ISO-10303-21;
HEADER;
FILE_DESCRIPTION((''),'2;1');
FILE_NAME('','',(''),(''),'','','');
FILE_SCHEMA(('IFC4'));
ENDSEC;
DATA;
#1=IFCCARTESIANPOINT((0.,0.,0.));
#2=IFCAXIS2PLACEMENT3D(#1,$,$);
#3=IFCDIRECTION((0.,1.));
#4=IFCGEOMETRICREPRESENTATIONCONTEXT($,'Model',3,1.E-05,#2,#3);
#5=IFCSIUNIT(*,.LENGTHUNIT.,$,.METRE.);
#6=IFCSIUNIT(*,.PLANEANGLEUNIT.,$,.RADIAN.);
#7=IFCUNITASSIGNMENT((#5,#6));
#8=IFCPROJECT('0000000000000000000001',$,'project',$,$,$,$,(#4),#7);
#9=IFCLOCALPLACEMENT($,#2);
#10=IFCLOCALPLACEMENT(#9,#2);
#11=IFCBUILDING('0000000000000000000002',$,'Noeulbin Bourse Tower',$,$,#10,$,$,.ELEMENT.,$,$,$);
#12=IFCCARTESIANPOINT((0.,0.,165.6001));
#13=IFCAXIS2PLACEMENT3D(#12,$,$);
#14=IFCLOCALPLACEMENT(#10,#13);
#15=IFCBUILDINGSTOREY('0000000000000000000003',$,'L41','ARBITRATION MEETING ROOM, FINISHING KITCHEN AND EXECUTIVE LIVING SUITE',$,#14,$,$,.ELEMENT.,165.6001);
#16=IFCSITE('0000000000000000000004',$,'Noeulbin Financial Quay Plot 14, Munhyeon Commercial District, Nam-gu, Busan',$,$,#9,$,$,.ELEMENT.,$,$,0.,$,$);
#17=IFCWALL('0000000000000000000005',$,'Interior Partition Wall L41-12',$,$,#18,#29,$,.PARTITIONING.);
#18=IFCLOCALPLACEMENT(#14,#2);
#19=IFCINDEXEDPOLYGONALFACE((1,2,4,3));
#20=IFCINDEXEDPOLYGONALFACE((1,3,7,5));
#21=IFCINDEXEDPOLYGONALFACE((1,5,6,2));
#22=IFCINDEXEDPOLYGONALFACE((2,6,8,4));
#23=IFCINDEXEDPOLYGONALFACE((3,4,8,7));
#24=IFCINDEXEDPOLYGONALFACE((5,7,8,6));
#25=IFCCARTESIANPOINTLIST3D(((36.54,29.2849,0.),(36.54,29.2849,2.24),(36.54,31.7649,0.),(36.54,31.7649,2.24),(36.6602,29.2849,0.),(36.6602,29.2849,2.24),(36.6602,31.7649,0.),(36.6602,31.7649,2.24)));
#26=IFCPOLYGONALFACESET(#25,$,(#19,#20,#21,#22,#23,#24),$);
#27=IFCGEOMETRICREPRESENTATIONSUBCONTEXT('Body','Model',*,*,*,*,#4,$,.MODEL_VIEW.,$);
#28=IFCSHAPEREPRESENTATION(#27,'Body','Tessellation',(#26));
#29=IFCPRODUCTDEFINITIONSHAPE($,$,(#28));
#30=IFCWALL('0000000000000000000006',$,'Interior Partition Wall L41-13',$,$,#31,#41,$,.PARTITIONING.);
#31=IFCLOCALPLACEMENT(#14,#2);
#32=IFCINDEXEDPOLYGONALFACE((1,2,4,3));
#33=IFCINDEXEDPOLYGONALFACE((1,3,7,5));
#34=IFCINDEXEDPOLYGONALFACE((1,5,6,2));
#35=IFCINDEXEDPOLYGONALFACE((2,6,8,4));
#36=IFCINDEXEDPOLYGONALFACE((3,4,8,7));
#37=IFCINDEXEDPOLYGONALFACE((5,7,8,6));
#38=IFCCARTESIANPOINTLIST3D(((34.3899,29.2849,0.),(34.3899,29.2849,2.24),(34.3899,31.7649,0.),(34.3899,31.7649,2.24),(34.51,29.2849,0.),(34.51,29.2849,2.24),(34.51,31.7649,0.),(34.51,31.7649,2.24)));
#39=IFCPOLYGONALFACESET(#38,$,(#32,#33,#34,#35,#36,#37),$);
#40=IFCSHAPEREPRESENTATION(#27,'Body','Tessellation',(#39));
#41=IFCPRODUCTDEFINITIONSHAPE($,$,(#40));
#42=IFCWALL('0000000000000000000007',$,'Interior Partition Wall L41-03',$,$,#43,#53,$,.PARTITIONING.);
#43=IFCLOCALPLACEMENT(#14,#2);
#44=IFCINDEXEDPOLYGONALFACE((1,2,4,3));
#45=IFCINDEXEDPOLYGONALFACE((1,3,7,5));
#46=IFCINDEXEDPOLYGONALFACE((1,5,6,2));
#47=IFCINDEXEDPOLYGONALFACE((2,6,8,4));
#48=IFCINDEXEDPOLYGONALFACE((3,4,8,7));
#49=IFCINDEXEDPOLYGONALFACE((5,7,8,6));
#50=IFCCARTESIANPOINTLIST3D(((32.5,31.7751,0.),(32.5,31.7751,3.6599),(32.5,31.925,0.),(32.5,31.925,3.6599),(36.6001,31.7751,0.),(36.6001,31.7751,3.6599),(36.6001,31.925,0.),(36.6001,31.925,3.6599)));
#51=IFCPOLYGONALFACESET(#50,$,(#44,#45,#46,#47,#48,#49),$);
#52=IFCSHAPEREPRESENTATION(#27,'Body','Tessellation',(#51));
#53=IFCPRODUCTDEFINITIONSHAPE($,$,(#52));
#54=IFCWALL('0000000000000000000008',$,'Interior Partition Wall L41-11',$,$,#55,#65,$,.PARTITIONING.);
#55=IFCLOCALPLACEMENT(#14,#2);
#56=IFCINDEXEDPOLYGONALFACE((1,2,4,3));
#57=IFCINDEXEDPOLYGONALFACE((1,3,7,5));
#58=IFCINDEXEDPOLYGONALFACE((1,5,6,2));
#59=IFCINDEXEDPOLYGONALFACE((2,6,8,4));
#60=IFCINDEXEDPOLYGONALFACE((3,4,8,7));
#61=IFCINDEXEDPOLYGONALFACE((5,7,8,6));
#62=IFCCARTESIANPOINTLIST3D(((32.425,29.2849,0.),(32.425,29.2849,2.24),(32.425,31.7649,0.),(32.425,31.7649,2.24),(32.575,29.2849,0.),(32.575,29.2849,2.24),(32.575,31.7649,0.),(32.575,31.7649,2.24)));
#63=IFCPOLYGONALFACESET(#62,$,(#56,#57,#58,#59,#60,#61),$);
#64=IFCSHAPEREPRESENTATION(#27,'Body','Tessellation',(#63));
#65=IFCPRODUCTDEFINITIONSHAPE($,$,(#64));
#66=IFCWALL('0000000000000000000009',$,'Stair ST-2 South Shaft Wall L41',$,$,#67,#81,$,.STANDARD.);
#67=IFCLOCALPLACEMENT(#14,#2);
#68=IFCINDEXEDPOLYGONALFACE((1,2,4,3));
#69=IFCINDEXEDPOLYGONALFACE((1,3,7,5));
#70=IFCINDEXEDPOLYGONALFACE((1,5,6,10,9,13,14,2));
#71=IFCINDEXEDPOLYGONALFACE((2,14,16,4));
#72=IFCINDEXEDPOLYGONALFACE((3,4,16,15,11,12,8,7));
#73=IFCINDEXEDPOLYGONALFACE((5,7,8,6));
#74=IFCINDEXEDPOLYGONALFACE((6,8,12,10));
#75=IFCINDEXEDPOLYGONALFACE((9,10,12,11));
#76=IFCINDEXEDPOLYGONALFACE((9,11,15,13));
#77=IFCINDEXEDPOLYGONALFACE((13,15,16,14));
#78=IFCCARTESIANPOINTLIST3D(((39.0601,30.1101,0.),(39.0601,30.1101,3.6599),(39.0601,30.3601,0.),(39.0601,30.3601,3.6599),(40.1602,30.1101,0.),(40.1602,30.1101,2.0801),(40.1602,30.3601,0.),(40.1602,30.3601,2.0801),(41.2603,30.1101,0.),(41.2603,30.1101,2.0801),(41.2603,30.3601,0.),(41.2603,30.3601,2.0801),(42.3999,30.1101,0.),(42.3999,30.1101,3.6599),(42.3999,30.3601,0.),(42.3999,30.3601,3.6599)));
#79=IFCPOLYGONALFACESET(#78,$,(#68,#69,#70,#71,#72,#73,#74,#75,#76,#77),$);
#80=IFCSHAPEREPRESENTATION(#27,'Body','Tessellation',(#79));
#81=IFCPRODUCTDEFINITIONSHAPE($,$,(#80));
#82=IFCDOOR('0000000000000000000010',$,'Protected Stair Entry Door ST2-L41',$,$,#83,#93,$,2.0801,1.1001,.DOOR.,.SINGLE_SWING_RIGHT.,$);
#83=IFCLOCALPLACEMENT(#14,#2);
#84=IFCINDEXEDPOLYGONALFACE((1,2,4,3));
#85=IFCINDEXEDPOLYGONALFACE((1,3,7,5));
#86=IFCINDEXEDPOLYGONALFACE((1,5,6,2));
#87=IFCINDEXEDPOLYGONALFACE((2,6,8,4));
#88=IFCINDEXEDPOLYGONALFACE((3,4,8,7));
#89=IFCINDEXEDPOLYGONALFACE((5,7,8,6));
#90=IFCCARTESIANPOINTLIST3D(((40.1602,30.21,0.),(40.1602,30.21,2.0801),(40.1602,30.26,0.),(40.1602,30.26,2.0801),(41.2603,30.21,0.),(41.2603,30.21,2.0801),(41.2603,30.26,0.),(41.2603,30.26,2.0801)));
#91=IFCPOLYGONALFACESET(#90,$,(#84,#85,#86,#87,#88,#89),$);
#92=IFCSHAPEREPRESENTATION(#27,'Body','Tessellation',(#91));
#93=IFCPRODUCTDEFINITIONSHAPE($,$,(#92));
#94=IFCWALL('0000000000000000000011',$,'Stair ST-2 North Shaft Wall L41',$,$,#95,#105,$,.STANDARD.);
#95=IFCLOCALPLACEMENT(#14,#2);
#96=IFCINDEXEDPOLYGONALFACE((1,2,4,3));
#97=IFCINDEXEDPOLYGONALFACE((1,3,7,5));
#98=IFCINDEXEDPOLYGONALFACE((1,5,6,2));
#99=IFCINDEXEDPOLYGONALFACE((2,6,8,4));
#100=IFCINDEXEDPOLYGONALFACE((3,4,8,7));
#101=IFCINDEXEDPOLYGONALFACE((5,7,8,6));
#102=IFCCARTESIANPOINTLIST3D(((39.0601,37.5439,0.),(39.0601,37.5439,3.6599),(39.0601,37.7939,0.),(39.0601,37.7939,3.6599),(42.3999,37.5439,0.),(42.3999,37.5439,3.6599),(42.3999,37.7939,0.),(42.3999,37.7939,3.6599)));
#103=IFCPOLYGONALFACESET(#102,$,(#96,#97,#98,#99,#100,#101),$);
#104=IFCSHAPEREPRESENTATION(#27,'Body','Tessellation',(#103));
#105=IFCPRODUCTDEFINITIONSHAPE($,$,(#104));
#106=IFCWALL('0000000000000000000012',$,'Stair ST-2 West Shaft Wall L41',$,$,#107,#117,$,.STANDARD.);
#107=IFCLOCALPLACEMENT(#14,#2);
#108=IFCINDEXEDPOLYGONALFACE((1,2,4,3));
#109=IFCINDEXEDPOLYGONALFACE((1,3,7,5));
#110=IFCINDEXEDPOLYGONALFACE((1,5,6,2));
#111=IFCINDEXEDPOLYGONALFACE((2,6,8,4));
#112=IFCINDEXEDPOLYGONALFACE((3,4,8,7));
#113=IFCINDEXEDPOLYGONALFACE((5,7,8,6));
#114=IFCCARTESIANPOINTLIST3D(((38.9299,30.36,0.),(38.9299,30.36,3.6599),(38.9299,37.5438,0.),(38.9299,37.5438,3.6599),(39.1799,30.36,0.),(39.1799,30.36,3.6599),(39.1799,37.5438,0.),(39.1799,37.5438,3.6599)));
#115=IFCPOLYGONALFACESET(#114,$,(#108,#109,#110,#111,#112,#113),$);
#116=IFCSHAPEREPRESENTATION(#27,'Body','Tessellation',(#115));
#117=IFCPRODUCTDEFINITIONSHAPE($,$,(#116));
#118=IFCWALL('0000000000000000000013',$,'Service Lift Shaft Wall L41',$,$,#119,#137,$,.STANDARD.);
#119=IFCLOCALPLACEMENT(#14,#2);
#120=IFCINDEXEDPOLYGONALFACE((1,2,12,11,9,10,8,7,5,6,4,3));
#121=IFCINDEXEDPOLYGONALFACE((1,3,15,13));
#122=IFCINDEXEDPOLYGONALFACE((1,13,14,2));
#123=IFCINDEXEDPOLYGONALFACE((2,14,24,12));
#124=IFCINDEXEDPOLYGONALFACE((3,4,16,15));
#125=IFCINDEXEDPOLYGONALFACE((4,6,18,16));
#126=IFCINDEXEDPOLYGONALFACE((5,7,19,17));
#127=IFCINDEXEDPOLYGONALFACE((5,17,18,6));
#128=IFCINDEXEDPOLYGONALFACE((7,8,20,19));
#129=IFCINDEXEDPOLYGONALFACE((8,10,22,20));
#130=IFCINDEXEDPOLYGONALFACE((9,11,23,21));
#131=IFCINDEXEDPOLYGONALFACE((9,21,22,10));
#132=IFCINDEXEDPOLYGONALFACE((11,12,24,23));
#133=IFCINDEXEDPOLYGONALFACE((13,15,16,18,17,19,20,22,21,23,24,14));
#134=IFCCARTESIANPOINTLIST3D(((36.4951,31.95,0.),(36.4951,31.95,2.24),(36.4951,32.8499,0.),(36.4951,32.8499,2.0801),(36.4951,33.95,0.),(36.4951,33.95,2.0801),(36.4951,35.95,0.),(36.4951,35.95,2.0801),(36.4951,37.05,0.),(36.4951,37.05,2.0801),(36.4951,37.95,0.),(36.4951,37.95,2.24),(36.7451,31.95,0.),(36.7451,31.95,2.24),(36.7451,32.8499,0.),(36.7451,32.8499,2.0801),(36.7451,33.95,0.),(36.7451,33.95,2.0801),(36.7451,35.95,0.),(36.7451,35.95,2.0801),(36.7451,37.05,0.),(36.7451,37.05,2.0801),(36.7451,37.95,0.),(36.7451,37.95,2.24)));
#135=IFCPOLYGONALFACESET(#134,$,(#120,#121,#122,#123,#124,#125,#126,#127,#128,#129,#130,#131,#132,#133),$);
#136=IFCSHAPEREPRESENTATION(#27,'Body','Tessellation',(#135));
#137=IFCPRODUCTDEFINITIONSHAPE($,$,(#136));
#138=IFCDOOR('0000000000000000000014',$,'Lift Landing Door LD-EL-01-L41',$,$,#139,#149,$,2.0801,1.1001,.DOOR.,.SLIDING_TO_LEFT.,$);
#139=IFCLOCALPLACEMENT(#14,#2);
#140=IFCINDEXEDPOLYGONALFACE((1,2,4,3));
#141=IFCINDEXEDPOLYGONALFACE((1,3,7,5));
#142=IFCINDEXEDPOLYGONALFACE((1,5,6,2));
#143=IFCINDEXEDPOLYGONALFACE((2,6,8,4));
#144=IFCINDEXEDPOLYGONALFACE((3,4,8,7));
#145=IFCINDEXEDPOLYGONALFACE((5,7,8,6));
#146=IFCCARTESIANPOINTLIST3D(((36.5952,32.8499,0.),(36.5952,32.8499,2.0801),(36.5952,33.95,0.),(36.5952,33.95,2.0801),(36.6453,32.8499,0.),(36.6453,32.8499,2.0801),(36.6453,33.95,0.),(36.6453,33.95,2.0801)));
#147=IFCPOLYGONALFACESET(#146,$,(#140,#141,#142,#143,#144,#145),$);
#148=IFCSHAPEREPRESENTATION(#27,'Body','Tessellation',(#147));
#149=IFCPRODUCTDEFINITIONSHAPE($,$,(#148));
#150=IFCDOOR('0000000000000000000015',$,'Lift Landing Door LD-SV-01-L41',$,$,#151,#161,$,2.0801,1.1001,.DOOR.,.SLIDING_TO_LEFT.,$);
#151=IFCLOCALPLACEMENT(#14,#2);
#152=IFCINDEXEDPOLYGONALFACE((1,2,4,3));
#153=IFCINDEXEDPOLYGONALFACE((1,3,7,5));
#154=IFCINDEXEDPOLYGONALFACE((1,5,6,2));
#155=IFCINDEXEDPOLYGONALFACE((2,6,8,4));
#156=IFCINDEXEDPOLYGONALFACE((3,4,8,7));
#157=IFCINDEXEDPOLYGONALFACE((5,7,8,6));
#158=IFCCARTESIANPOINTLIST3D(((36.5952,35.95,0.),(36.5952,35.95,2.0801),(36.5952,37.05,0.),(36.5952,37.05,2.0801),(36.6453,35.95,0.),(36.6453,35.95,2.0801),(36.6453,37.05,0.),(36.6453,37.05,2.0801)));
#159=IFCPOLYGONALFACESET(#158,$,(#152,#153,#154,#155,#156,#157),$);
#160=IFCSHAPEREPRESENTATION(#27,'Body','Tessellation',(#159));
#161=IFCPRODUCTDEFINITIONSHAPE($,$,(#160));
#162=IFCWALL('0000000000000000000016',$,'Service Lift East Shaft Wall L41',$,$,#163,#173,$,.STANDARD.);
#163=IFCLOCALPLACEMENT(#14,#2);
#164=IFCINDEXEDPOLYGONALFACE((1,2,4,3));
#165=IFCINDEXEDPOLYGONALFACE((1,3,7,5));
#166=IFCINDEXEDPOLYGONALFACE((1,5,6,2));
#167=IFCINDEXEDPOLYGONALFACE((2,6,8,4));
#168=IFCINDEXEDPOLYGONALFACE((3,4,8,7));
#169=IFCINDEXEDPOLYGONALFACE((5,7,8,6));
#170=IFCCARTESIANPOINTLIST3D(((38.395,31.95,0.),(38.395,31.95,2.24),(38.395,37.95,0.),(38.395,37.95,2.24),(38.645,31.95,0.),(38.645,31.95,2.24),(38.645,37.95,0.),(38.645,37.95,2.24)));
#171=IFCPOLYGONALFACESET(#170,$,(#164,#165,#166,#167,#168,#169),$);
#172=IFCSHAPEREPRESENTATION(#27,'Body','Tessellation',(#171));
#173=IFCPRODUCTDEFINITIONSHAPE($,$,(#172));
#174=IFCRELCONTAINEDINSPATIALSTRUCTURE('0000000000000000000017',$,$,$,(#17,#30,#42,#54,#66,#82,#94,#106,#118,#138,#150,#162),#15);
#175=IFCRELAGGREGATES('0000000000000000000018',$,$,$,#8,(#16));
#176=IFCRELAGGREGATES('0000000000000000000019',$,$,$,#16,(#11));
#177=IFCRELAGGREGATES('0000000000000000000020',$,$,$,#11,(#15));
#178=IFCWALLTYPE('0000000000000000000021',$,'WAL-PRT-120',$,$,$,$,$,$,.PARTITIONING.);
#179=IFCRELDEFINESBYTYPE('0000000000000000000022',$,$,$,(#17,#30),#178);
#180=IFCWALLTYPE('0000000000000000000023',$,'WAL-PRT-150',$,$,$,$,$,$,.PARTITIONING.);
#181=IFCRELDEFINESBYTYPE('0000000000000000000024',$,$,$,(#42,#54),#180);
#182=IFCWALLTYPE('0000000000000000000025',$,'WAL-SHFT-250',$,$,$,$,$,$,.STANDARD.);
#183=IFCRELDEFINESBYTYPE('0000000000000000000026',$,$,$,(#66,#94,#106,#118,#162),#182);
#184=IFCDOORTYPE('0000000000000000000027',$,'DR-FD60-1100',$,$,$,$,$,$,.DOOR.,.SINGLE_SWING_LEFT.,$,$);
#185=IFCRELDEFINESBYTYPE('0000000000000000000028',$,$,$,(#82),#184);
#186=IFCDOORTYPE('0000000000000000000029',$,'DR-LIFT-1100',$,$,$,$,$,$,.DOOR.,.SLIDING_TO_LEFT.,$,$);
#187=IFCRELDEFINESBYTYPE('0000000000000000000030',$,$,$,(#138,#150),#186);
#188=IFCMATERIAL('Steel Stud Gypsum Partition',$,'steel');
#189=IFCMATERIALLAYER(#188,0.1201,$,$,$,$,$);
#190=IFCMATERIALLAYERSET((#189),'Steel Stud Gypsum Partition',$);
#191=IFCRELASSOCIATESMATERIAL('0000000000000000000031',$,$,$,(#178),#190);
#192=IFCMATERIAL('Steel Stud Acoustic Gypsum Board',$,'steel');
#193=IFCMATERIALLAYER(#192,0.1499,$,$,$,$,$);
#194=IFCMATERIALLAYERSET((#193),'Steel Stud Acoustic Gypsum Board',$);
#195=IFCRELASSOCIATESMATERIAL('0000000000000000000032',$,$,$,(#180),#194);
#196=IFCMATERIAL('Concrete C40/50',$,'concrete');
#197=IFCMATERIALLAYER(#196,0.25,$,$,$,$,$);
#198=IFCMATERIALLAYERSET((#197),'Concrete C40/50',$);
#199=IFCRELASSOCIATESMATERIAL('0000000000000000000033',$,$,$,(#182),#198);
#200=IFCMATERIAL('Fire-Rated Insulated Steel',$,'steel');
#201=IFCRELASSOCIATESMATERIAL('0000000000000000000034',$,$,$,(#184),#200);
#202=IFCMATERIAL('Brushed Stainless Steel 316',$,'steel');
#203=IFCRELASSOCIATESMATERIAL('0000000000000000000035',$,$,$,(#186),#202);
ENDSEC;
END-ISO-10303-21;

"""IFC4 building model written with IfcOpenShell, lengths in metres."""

from ifc_helpers import new_model, si_unit, direction, frame, frame_2d, origin, place, context, subcontext, project, spatial, rectangle, extrude, material, layer, layer_set, type_object, element, fill, save


model = new_model("IFC4")

# Units and contexts
model_context = context("Model", 3, precision=1e-05, world=origin(), true_north=direction((0.0, 1.0)))
body_context = subcontext(model_context, "Body", "Model", "MODEL_VIEW")
ifc_project = project(units=[si_unit("LENGTHUNIT", "METRE"), si_unit("PLANEANGLEUNIT", "RADIAN")], contexts=[model_context])

# Site, building, storey
site_placement = place(None, origin())
site = spatial("IfcSite", under=ifc_project, at=site_placement, Name="Noeulbin Financial Quay Plot 14, Munhyeon Commercial District, Nam-gu, Busan", CompositionType="ELEMENT", RefElevation=0.0)
building_placement = place(site_placement, origin())
building = spatial("IfcBuilding", under=site, at=building_placement, Name="Noeulbin Bourse Tower", CompositionType="ELEMENT")
storey_placement = place(building_placement, frame((0.0, 0.0, 165.6001)))
storey = spatial("IfcBuildingStorey", under=building, at=storey_placement, Name="L41", Description="ARBITRATION MEETING ROOM, FINISHING KITCHEN AND EXECUTIVE LIVING SUITE", CompositionType="ELEMENT", Elevation=165.6001)

# Walls
ifc_material_1 = material(Name="Concrete C40/50", Category="concrete")
ifc_material_2 = material(Name="Steel Stud Gypsum Partition", Category="steel")
ifc_layer_1 = layer(ifc_material_2, 0.1201)
ifc_layer_set_1 = layer_set([ifc_layer_1], Name="Steel Stud Gypsum Partition")
wall_type_1 = type_object("IfcWallType", Name="WAL-PRT-120", PredefinedType="PARTITIONING", material=ifc_layer_set_1)
for number, where, z_axis, x_axis, name in (
    (1, (36.6001, 29.2849, 0.0), (0.0, 0.0, 1.0), (0.0, 1.0, 0.0), "Interior Partition Wall L41-12"),
    (2, (34.45, 29.2849, 0.0), (0.0, 0.0, 1.0), (0.0, 1.0, 0.0), "Interior Partition Wall L41-13"),
):
    element("IfcWall", number, at=place(storey_placement, frame(where, z_axis=z_axis, x_axis=x_axis)), inside=storey, type_object=wall_type_1, Name=name, PredefinedType="PARTITIONING", context=body_context, shape_type="SweptSolid", body=[
        extrude(rectangle(XDim=2.48, YDim=0.1201, at=frame_2d((1.24, 0.0))), origin(), (0.0, 0.0, 1.0), 2.24),
    ])
ifc_material_3 = material(Name="Steel Stud Acoustic Gypsum Board", Category="steel")
ifc_layer_2 = layer(ifc_material_3, 0.1499)
ifc_layer_set_2 = layer_set([ifc_layer_2], Name="Steel Stud Acoustic Gypsum Board")
wall_type_2 = type_object("IfcWallType", Name="WAL-PRT-150", PredefinedType="PARTITIONING", material=ifc_layer_set_2)
wall_1_placement = place(storey_placement, frame((32.5, 31.8501, 0.0), z_axis=(0.0, 0.0, 1.0), x_axis=(1.0, 0.0, 0.0)))
element("IfcWall", 3, at=wall_1_placement, inside=storey, type_object=wall_type_2, Name="Interior Partition Wall L41-03", PredefinedType="PARTITIONING", context=body_context, shape_type="SweptSolid", body=[
    extrude(rectangle(XDim=4.1001, YDim=0.1499, at=frame_2d((2.05, 0.0))), origin(), (0.0, 0.0, 1.0), 3.6599),
])
wall_2_placement = place(storey_placement, frame((32.5, 29.2849, 0.0), z_axis=(0.0, 0.0, 1.0), x_axis=(0.0, 1.0, 0.0)))
element("IfcWall", 4, at=wall_2_placement, inside=storey, type_object=wall_type_2, Name="Interior Partition Wall L41-11", PredefinedType="PARTITIONING", context=body_context, shape_type="SweptSolid", body=[
    extrude(rectangle(XDim=2.48, YDim=0.1499, at=frame_2d((1.24, 0.0))), origin(), (0.0, 0.0, 1.0), 2.24),
])

# Wall, opening, door
ifc_layer_3 = layer(ifc_material_1, 0.25)
ifc_layer_set_3 = layer_set([ifc_layer_3], Name="Concrete C40/50")
wall_type_3 = type_object("IfcWallType", Name="WAL-SHFT-250", PredefinedType="STANDARD", material=ifc_layer_set_3)
wall_3_placement = place(storey_placement, frame((39.0601, 30.2351, 0.0), z_axis=(0.0, 0.0, 1.0), x_axis=(1.0, 0.0, 0.0)))
wall_3 = element("IfcWall", 5, at=wall_3_placement, inside=storey, type_object=wall_type_3, Name="Stair ST-2 South Shaft Wall L41", PredefinedType="STANDARD", context=body_context, shape_type="SweptSolid", body=[
    extrude(rectangle(XDim=3.3398, YDim=0.25, at=frame_2d((1.6699, 0.0))), origin(), (0.0, 0.0, 1.0), 3.6599),
])
opening_1_placement = place(wall_3_placement, frame((1.1001, 0.0, 0.0)))
opening_1 = element("IfcOpeningElement", 6, at=opening_1_placement, cuts=wall_3, PredefinedType="OPENING", context=body_context, shape_type="SweptSolid", body=[
    extrude(rectangle(XDim=1.1001, YDim=2.0801, at=frame_2d((0.55, 1.04))), frame((0.0, 0.135, 0.0), z_axis=(0.0, -1.0, 0.0), x_axis=(1.0, 0.0, 0.0)), (0.0, 0.0, 1.0), 0.27),
])
ifc_material_4 = material(Name="Fire-Rated Insulated Steel", Category="steel")
door_type_1 = type_object("IfcDoorType", Name="DR-FD60-1100", OperationType="SINGLE_SWING_LEFT", PredefinedType="DOOR", material=ifc_material_4)
door_1_placement = place(opening_1_placement, origin())
door_1 = element("IfcDoor", 7, at=door_1_placement, inside=storey, type_object=door_type_1, Name="Protected Stair Entry Door ST2-L41", OperationType="SINGLE_SWING_RIGHT", OverallHeight=2.0801, OverallWidth=1.1001, PredefinedType="DOOR", context=body_context, shape_type="SweptSolid", body=[
    extrude(rectangle(XDim=1.1001, YDim=2.0801, at=frame_2d((0.55, 1.04))), frame((0.0, 0.0249, 0.0), z_axis=(0.0, -1.0, 0.0), x_axis=(1.0, 0.0, 0.0)), (0.0, 0.0, 1.0), 0.05),
])
fill(opening_1, door_1)

# Walls
wall_4_placement = place(storey_placement, frame((39.0601, 37.6689, 0.0), z_axis=(0.0, 0.0, 1.0), x_axis=(1.0, 0.0, 0.0)))
element("IfcWall", 8, at=wall_4_placement, inside=storey, type_object=wall_type_3, Name="Stair ST-2 North Shaft Wall L41", PredefinedType="STANDARD", context=body_context, shape_type="SweptSolid", body=[
    extrude(rectangle(XDim=3.3398, YDim=0.25, at=frame_2d((1.6699, 0.0))), origin(), (0.0, 0.0, 1.0), 3.6599),
])
wall_5_placement = place(storey_placement, frame((39.0549, 30.3601, 0.0), z_axis=(0.0, 0.0, 1.0), x_axis=(0.0, 1.0, 0.0)))
element("IfcWall", 9, at=wall_5_placement, inside=storey, type_object=wall_type_3, Name="Stair ST-2 West Shaft Wall L41", PredefinedType="STANDARD", context=body_context, shape_type="SweptSolid", body=[
    extrude(rectangle(XDim=7.1838, YDim=0.25, at=frame_2d((3.5918, 0.0))), origin(), (0.0, 0.0, 1.0), 3.6599),
])

# Wall, openings, doors
wall_6_placement = place(storey_placement, frame((36.6201, 31.95, 0.0), z_axis=(0.0, 0.0, 1.0), x_axis=(0.0, 1.0, 0.0)))
wall_6 = element("IfcWall", 10, at=wall_6_placement, inside=storey, type_object=wall_type_3, Name="Service Lift Shaft Wall L41", PredefinedType="STANDARD", context=body_context, shape_type="SweptSolid", body=[
    extrude(rectangle(XDim=6.0, YDim=0.25, at=frame_2d((3.0, 0.0))), origin(), (0.0, 0.0, 1.0), 2.24),
])
opening_2_placement = place(wall_6_placement, frame((0.8999, 0.0, 0.0)))
opening_2 = element("IfcOpeningElement", 11, at=opening_2_placement, cuts=wall_6, PredefinedType="OPENING", context=body_context, shape_type="SweptSolid", body=[
    extrude(rectangle(XDim=1.1001, YDim=2.0801, at=frame_2d((0.55, 1.04))), frame((0.0, 0.135, 0.0), z_axis=(0.0, -1.0, 0.0), x_axis=(1.0, 0.0, 0.0)), (0.0, 0.0, 1.0), 0.27),
])
opening_3_placement = place(wall_6_placement, frame((4.0, 0.0, 0.0)))
opening_3 = element("IfcOpeningElement", 12, at=opening_3_placement, cuts=wall_6, PredefinedType="OPENING", context=body_context, shape_type="SweptSolid", body=[
    extrude(rectangle(XDim=1.1001, YDim=2.0801, at=frame_2d((0.55, 1.04))), frame((0.0, 0.135, 0.0), z_axis=(0.0, -1.0, 0.0), x_axis=(1.0, 0.0, 0.0)), (0.0, 0.0, 1.0), 0.27),
])
ifc_material_5 = material(Name="Brushed Stainless Steel 316", Category="steel")
door_type_2 = type_object("IfcDoorType", Name="DR-LIFT-1100", OperationType="SLIDING_TO_LEFT", PredefinedType="DOOR", material=ifc_material_5)
door_2_placement = place(opening_2_placement, origin())
door_2 = element("IfcDoor", 13, at=door_2_placement, inside=storey, type_object=door_type_2, Name="Lift Landing Door LD-EL-01-L41", OperationType="SLIDING_TO_LEFT", OverallHeight=2.0801, OverallWidth=1.1001, PredefinedType="DOOR", context=body_context, shape_type="SweptSolid", body=[
    extrude(rectangle(XDim=1.1001, YDim=2.0801, at=frame_2d((0.55, 1.04))), frame((0.0, 0.0249, 0.0), z_axis=(0.0, -1.0, 0.0), x_axis=(1.0, 0.0, 0.0)), (0.0, 0.0, 1.0), 0.05),
])
fill(opening_2, door_2)
door_3_placement = place(opening_3_placement, origin())
door_3 = element("IfcDoor", 14, at=door_3_placement, inside=storey, type_object=door_type_2, Name="Lift Landing Door LD-SV-01-L41", OperationType="SLIDING_TO_LEFT", OverallHeight=2.0801, OverallWidth=1.1001, PredefinedType="DOOR", context=body_context, shape_type="SweptSolid", body=[
    extrude(rectangle(XDim=1.1001, YDim=2.0801, at=frame_2d((0.55, 1.04))), frame((0.0, 0.0249, 0.0), z_axis=(0.0, -1.0, 0.0), x_axis=(1.0, 0.0, 0.0)), (0.0, 0.0, 1.0), 0.05),
])
fill(opening_3, door_3)

# Wall
wall_7_placement = place(storey_placement, frame((38.52, 31.95, 0.0), z_axis=(0.0, 0.0, 1.0), x_axis=(0.0, 1.0, 0.0)))
element("IfcWall", 15, at=wall_7_placement, inside=storey, type_object=wall_type_3, Name="Service Lift East Shaft Wall L41", PredefinedType="STANDARD", context=body_context, shape_type="SweptSolid", body=[
    extrude(rectangle(XDim=6.0, YDim=0.25, at=frame_2d((3.0, 0.0))), origin(), (0.0, 0.0, 1.0), 2.24),
])

save(model, "model.ifc")
